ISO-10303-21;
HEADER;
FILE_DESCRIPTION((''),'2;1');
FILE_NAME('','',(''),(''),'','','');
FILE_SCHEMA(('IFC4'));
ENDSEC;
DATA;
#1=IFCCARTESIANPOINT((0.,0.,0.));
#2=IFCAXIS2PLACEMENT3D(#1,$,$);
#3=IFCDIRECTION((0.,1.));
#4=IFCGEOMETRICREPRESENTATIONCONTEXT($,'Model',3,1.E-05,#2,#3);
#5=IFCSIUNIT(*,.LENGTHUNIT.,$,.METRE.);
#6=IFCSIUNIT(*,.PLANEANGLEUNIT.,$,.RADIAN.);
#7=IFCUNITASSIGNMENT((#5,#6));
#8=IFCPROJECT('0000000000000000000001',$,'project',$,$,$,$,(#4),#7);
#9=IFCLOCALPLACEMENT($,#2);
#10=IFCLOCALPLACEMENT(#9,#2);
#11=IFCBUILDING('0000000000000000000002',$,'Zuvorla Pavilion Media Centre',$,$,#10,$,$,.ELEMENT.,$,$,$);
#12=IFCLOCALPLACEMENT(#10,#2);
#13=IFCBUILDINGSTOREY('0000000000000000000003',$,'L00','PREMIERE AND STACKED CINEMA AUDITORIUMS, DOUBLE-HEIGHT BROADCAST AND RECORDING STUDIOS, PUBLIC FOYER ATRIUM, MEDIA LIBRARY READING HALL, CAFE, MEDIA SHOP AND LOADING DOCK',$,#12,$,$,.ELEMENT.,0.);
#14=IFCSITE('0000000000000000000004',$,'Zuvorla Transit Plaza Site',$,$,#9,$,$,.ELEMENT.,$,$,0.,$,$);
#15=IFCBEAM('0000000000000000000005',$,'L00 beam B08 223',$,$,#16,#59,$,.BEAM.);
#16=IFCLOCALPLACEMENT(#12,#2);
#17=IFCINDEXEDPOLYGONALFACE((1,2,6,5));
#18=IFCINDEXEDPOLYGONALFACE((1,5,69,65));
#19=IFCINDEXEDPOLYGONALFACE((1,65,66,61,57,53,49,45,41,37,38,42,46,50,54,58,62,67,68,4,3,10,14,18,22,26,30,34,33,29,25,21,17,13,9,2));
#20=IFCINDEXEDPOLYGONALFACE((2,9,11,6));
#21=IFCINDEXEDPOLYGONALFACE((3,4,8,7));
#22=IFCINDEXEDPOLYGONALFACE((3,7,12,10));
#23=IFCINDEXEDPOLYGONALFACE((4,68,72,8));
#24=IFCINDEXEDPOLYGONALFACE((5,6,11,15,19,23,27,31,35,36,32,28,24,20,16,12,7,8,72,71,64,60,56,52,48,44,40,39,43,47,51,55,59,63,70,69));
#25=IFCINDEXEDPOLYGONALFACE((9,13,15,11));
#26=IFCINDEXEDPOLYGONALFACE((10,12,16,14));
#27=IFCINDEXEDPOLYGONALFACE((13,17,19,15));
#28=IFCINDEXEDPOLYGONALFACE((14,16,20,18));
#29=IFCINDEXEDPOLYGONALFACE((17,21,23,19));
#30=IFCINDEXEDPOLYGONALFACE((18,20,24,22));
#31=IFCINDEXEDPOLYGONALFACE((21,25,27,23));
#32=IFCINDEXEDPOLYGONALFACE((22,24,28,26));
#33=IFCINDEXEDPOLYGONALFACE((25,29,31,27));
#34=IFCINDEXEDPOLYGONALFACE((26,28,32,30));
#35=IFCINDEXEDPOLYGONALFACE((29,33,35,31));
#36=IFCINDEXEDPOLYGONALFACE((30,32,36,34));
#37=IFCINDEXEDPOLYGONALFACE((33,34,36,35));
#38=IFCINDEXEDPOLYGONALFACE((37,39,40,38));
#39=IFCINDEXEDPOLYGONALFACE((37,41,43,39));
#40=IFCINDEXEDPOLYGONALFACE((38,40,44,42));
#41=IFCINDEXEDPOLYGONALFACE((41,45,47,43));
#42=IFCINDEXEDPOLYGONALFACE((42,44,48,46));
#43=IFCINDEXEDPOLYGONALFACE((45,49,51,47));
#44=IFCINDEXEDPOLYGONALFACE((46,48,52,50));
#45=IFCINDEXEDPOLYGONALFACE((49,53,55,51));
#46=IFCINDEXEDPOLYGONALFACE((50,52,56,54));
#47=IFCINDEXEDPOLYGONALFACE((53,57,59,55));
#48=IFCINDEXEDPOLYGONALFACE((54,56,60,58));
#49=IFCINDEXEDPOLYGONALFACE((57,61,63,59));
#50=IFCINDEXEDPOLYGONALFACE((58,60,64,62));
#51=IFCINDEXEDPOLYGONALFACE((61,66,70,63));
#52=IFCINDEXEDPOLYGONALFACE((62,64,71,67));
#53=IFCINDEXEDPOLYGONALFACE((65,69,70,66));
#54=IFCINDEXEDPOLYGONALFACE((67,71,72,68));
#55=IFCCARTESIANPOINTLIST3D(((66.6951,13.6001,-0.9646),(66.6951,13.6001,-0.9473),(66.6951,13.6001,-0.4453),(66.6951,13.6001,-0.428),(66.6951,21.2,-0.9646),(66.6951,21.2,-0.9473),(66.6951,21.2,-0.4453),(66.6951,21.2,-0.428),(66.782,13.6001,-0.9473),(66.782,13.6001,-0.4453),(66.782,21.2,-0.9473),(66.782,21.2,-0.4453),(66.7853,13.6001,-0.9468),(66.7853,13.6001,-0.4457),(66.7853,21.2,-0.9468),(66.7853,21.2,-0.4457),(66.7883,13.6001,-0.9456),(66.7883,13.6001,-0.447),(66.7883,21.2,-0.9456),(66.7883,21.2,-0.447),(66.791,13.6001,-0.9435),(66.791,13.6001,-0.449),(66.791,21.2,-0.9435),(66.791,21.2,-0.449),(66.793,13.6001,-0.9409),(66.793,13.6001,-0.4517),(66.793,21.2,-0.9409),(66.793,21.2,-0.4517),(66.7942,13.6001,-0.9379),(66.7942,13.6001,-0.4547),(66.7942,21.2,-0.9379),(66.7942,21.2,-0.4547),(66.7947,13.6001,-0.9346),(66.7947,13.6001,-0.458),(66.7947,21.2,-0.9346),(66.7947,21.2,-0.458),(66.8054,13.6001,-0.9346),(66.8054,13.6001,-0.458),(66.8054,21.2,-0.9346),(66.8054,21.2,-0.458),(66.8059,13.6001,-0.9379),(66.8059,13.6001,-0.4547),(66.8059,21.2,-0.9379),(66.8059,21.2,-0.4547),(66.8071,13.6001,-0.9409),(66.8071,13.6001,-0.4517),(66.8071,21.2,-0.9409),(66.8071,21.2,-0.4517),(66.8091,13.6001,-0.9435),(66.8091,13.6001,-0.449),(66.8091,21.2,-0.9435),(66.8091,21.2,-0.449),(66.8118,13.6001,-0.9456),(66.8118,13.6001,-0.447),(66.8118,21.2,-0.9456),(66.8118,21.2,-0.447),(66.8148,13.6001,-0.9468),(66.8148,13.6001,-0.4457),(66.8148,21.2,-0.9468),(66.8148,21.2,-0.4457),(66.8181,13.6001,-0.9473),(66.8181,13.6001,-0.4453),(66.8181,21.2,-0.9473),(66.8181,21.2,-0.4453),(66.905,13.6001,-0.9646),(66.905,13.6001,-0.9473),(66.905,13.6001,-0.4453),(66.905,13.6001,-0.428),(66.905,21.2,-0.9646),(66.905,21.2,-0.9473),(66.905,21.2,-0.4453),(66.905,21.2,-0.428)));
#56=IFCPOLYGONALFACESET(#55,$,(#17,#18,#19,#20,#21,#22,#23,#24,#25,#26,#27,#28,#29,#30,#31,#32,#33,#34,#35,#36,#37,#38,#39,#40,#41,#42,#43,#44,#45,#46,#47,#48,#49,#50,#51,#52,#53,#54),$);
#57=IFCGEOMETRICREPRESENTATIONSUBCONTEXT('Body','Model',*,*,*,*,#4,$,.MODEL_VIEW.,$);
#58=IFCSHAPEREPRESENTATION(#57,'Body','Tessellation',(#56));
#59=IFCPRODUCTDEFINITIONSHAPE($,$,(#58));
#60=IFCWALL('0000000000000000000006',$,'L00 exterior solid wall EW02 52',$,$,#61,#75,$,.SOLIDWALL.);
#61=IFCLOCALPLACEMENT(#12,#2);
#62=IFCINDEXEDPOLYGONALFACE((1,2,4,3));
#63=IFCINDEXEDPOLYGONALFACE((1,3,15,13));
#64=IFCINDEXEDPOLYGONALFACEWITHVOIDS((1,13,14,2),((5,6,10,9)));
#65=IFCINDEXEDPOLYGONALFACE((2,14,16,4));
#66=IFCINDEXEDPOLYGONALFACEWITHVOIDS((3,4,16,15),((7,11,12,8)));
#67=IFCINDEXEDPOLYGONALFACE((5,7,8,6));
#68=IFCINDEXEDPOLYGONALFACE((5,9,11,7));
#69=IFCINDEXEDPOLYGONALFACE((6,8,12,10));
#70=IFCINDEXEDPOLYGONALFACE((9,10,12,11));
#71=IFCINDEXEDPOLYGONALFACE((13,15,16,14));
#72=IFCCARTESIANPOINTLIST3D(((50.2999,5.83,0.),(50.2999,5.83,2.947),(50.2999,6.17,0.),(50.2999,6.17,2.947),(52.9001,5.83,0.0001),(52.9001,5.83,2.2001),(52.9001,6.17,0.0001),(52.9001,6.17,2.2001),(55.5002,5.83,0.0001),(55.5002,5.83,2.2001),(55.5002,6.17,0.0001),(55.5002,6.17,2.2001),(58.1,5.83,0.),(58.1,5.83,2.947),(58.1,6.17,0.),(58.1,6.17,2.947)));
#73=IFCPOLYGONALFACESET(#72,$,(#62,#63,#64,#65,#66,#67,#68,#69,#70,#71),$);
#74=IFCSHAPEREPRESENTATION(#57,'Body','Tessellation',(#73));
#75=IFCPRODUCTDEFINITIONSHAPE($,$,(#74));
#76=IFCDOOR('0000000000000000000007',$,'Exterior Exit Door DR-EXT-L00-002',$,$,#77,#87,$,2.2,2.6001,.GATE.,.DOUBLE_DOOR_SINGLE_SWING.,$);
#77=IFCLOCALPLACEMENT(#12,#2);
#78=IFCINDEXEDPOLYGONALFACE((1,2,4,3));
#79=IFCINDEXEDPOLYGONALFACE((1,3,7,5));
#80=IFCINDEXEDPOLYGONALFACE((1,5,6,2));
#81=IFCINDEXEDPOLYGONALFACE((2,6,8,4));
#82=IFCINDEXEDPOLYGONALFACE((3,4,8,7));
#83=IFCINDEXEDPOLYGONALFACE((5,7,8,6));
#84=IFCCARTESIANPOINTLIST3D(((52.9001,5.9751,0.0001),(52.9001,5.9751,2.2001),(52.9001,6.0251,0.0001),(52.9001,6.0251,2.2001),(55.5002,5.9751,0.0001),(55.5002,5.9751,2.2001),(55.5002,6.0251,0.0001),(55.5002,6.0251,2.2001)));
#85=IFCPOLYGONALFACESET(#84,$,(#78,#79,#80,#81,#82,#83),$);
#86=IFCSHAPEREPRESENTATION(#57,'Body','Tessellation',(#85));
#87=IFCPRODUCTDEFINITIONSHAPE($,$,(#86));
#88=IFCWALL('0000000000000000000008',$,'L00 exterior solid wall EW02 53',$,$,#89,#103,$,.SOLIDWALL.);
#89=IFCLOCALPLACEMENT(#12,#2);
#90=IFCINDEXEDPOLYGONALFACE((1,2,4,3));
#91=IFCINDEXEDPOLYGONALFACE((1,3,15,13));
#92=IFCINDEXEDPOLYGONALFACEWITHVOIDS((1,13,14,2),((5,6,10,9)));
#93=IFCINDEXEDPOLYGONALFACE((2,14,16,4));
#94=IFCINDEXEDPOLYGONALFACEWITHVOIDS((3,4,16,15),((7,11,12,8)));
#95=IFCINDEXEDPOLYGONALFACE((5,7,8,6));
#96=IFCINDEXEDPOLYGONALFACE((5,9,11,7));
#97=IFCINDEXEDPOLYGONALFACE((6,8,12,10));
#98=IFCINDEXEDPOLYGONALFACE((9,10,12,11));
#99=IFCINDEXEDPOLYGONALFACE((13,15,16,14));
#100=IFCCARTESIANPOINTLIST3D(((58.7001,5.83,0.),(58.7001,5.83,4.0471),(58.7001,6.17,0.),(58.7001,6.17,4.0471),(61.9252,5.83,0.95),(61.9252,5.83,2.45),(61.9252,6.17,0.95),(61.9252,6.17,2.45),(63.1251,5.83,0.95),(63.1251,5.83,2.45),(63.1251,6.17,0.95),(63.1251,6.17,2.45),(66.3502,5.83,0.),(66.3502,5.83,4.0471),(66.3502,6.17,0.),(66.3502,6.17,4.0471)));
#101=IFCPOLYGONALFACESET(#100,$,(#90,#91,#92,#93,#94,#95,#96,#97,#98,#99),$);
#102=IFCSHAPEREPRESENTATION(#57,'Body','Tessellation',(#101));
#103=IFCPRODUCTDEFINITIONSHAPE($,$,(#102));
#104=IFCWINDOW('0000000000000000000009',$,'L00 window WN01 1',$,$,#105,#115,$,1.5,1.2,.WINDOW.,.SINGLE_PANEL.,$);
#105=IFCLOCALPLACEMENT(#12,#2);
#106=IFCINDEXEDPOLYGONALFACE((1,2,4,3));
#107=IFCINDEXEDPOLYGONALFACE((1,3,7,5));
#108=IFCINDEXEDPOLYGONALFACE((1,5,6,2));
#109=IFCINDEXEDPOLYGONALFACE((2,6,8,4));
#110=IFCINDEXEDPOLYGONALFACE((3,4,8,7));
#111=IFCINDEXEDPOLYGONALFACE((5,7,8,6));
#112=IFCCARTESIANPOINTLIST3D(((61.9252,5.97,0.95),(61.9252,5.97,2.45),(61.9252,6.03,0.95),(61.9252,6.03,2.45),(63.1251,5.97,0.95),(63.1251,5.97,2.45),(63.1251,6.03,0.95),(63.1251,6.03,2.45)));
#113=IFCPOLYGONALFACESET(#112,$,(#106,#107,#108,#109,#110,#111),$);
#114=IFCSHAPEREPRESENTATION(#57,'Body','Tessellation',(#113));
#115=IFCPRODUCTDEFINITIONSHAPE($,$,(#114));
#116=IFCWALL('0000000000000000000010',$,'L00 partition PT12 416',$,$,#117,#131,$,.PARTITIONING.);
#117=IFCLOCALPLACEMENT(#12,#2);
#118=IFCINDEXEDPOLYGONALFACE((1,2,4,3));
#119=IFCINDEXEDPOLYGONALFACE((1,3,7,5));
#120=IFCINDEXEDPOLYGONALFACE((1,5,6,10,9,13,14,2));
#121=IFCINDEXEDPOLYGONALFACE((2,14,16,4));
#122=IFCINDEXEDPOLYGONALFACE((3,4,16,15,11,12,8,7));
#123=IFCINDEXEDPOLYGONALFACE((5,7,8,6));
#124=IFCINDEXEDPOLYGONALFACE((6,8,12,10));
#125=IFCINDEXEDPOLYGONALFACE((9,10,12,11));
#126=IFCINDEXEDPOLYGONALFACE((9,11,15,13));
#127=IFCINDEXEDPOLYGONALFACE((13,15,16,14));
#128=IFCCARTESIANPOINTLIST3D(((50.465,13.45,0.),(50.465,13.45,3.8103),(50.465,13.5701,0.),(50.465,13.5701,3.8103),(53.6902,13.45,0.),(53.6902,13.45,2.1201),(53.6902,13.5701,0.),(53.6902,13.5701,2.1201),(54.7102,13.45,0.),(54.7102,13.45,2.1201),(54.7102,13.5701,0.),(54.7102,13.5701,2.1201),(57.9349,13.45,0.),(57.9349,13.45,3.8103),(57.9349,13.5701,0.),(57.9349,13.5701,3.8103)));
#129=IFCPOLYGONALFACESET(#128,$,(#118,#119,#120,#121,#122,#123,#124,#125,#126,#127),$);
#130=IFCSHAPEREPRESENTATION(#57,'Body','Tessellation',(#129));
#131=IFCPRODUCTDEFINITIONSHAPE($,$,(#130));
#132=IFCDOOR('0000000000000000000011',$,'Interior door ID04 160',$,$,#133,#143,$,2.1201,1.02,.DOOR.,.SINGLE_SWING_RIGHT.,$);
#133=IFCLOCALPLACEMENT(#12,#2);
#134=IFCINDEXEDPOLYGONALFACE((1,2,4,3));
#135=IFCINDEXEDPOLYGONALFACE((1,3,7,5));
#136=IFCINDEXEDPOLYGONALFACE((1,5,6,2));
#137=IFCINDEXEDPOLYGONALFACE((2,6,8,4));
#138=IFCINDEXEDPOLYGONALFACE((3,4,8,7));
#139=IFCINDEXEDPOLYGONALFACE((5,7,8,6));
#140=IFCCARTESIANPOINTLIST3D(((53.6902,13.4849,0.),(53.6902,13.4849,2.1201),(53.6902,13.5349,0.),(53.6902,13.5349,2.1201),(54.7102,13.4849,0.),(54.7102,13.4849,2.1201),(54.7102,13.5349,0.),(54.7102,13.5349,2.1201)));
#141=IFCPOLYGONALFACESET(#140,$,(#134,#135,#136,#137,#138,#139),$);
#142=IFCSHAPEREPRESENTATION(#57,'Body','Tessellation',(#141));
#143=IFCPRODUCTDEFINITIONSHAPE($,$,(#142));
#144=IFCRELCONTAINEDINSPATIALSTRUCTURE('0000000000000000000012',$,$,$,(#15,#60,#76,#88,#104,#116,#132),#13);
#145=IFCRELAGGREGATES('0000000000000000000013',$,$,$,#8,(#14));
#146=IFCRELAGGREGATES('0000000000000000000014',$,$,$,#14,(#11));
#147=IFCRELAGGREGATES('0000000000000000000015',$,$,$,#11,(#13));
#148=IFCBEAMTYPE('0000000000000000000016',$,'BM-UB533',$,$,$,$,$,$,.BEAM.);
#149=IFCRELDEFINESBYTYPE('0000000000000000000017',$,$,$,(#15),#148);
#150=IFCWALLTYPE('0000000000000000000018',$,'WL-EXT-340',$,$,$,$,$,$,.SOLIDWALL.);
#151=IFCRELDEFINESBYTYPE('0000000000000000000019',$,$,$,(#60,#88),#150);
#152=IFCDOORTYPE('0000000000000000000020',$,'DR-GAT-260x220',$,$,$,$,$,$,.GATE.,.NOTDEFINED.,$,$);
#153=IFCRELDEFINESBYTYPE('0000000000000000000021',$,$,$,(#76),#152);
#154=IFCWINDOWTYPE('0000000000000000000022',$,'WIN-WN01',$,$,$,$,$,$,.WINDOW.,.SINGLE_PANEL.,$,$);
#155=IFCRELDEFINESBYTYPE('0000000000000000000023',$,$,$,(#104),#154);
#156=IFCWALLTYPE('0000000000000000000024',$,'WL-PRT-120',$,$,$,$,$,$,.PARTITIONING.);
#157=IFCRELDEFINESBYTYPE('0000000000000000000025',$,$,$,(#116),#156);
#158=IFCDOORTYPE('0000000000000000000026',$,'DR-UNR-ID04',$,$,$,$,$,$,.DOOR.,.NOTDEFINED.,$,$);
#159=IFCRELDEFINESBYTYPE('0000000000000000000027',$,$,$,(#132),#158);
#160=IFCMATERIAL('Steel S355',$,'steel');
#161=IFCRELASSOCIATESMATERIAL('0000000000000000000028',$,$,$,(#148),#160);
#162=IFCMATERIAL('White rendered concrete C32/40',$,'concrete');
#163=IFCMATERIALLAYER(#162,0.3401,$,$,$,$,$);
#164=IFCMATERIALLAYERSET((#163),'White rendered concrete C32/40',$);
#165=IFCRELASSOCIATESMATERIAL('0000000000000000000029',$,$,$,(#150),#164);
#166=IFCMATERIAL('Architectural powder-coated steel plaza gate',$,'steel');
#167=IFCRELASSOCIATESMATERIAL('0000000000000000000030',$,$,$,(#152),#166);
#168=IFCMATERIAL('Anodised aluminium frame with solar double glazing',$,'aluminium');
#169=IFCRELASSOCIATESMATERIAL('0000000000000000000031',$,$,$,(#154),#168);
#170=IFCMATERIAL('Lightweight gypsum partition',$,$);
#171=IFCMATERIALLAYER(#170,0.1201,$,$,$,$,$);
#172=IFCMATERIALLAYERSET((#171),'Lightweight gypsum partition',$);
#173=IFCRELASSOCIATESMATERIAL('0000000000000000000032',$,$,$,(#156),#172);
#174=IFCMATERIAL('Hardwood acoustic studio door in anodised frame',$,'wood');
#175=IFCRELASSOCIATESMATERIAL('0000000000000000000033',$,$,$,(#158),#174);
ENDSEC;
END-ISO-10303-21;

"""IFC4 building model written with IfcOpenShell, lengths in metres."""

from ifc_helpers import new_model, si_unit, direction, frame, frame_2d, origin, origin_2d, place, context, subcontext, project, spatial, rectangle, i_section, extrude, material, layer, layer_set, material_profile, profile_set, type_object, element, fill, save


model = new_model("IFC4")

# Units and contexts
model_context = context("Model", 3, precision=1e-05, world=origin(), true_north=direction((0.0, 1.0)))
body_context = subcontext(model_context, "Body", "Model", "MODEL_VIEW")
ifc_project = project(units=[si_unit("LENGTHUNIT", "METRE"), si_unit("PLANEANGLEUNIT", "RADIAN")], contexts=[model_context])

# Site, building, storey
site_placement = place(None, origin())
site = spatial("IfcSite", under=ifc_project, at=site_placement, Name="Zuvorla Transit Plaza Site", CompositionType="ELEMENT", RefElevation=0.0)
building_placement = place(site_placement, origin())
building = spatial("IfcBuilding", under=site, at=building_placement, Name="Zuvorla Pavilion Media Centre", CompositionType="ELEMENT")
storey_placement = place(building_placement, origin())
storey = spatial("IfcBuildingStorey", under=building, at=storey_placement, Name="L00", Description="PREMIERE AND STACKED CINEMA AUDITORIUMS, DOUBLE-HEIGHT BROADCAST AND RECORDING STUDIOS, PUBLIC FOYER ATRIUM, MEDIA LIBRARY READING HALL, CAFE, MEDIA SHOP AND LOADING DOCK", CompositionType="ELEMENT", Elevation=0.0)

# Beam
ifc_material_1 = material(Name="Steel S355", Category="steel")
ifc_material_profile_1 = material_profile(ifc_material_1, i_section(OverallWidth=0.21, OverallDepth=0.5366, WebThickness=0.0107, FlangeThickness=0.0173, FilletRadius=0.0127, at=origin_2d()), Name="UB 533x210x101")
ifc_profile_set_1 = profile_set([ifc_material_profile_1], Name="Steel S355")
beam_type_1 = type_object("IfcBeamType", Name="BM-UB533", PredefinedType="BEAM", material=ifc_profile_set_1)
beam_placement = place(storey_placement, frame((66.8, 13.6001, -0.6963), z_axis=(0.0, 1.0, 0.0), x_axis=(-1.0, 0.0, 0.0)))
element("IfcBeam", 1, at=beam_placement, inside=storey, type_object=beam_type_1, Name="L00 beam B08 223", PredefinedType="BEAM", context=body_context, shape_type="SweptSolid", body=[
    extrude(i_section(OverallWidth=0.21, OverallDepth=0.5366, WebThickness=0.0107, FlangeThickness=0.0173, FilletRadius=0.0127, at=origin_2d()), origin(), (0.0, 0.0, 1.0), 7.5999),
])

# Wall, opening, door
ifc_material_2 = material(Name="White rendered concrete C32/40", Category="concrete")
ifc_layer_1 = layer(ifc_material_2, 0.3401)
ifc_layer_set_1 = layer_set([ifc_layer_1], Name="White rendered concrete C32/40")
wall_type_1 = type_object("IfcWallType", Name="WL-EXT-340", PredefinedType="SOLIDWALL", material=ifc_layer_set_1)
wall_1_placement = place(storey_placement, frame((50.3, 6.0, 0.0), z_axis=(0.0, 0.0, 1.0), x_axis=(1.0, 0.0, 0.0)))
wall_1 = element("IfcWall", 2, at=wall_1_placement, inside=storey, type_object=wall_type_1, Name="L00 exterior solid wall EW02 52", PredefinedType="SOLIDWALL", context=body_context, shape_type="SweptSolid", body=[
    extrude(rectangle(XDim=7.8, YDim=0.3401, at=frame_2d((3.8999, 0.0))), origin(), (0.0, 0.0, 1.0), 2.947),
])
opening_1_placement = place(wall_1_placement, frame((2.6001, 0.0, 0.0)))
opening_1 = element("IfcOpeningElement", 3, at=opening_1_placement, cuts=wall_1, PredefinedType="OPENING", context=body_context, shape_type="SweptSolid", body=[
    extrude(rectangle(XDim=2.6001, YDim=2.2, at=frame_2d((1.3, 1.1001))), frame((0.0, 0.1799, 0.0), z_axis=(0.0, -1.0, 0.0), x_axis=(1.0, 0.0, 0.0)), (0.0, 0.0, 1.0), 0.3601),
])
ifc_material_3 = material(Name="Architectural powder-coated steel plaza gate", Category="steel")
door_type_1 = type_object("IfcDoorType", Name="DR-GAT-260x220", OperationType="NOTDEFINED", PredefinedType="GATE", material=ifc_material_3)
door_1_placement = place(opening_1_placement, frame((2.6001, 0.0, 0.0), z_axis=(0.0, 0.0, 1.0), x_axis=(-1.0, 0.0, 0.0)))
door_1 = element("IfcDoor", 4, at=door_1_placement, inside=storey, type_object=door_type_1, Name="Exterior Exit Door DR-EXT-L00-002", OperationType="DOUBLE_DOOR_SINGLE_SWING", OverallHeight=2.2, OverallWidth=2.6001, PredefinedType="GATE", context=body_context, shape_type="SweptSolid", body=[
    extrude(rectangle(XDim=2.6001, YDim=2.2, at=frame_2d((1.3, 1.1001))), frame((0.0, 0.0249, 0.0), z_axis=(0.0, -1.0, 0.0), x_axis=(1.0, 0.0, 0.0)), (0.0, 0.0, 1.0), 0.05),
])
fill(opening_1, door_1)

# Wall, opening, window
wall_2_placement = place(storey_placement, frame((58.7, 6.0, 0.0), z_axis=(0.0, 0.0, 1.0), x_axis=(1.0, 0.0, 0.0)))
wall_2 = element("IfcWall", 5, at=wall_2_placement, inside=storey, type_object=wall_type_1, Name="L00 exterior solid wall EW02 53", PredefinedType="SOLIDWALL", context=body_context, shape_type="SweptSolid", body=[
    extrude(rectangle(XDim=7.6501, YDim=0.3401, at=frame_2d((3.8252, 0.0))), origin(), (0.0, 0.0, 1.0), 4.0471),
])
opening_2_placement = place(wall_2_placement, frame((3.2251, 0.0, 0.95)))
opening_2 = element("IfcOpeningElement", 6, at=opening_2_placement, cuts=wall_2, PredefinedType="OPENING", context=body_context, shape_type="SweptSolid", body=[
    extrude(rectangle(XDim=1.2, YDim=1.5, at=frame_2d((0.6001, 0.75))), frame((0.0, 0.1799, 0.0), z_axis=(0.0, -1.0, 0.0), x_axis=(1.0, 0.0, 0.0)), (0.0, 0.0, 1.0), 0.3601),
])
ifc_material_4 = material(Name="Anodised aluminium frame with solar double glazing", Category="aluminium")
window_type = type_object("IfcWindowType", Name="WIN-WN01", PartitioningType="SINGLE_PANEL", PredefinedType="WINDOW", material=ifc_material_4)
window_placement = place(opening_2_placement, origin())
window = element("IfcWindow", 7, at=window_placement, inside=storey, type_object=window_type, Name="L00 window WN01 1", OverallHeight=1.5, OverallWidth=1.2, PartitioningType="SINGLE_PANEL", PredefinedType="WINDOW", context=body_context, shape_type="SweptSolid", body=[
    extrude(rectangle(XDim=1.2, YDim=1.5, at=frame_2d((0.6001, 0.75))), frame((0.0, 0.03, 0.0), z_axis=(0.0, -1.0, 0.0), x_axis=(1.0, 0.0, 0.0)), (0.0, 0.0, 1.0), 0.0601),
])
fill(opening_2, window)

# Wall, opening, door
ifc_material_5 = material(Name="Lightweight gypsum partition")
ifc_layer_2 = layer(ifc_material_5, 0.1201)
ifc_layer_set_2 = layer_set([ifc_layer_2], Name="Lightweight gypsum partition")
wall_type_2 = type_object("IfcWallType", Name="WL-PRT-120", PredefinedType="PARTITIONING", material=ifc_layer_set_2)
wall_3_placement = place(storey_placement, frame((50.4651, 13.51, 0.0), z_axis=(0.0, 0.0, 1.0), x_axis=(1.0, 0.0, 0.0)))
wall_3 = element("IfcWall", 8, at=wall_3_placement, inside=storey, type_object=wall_type_2, Name="L00 partition PT12 416", PredefinedType="PARTITIONING", context=body_context, shape_type="SweptSolid", body=[
    extrude(rectangle(XDim=7.47, YDim=0.1201, at=frame_2d((3.7349, 0.0))), origin(), (0.0, 0.0, 1.0), 3.8103),
])
opening_3_placement = place(wall_3_placement, frame((3.2251, 0.0, 0.0)))
opening_3 = element("IfcOpeningElement", 9, at=opening_3_placement, cuts=wall_3, PredefinedType="OPENING", context=body_context, shape_type="SweptSolid", body=[
    extrude(rectangle(XDim=1.02, YDim=2.1201, at=frame_2d((0.51, 1.0601))), frame((0.0, 0.0701, 0.0), z_axis=(0.0, -1.0, 0.0), x_axis=(1.0, 0.0, 0.0)), (0.0, 0.0, 1.0), 0.1401),
])
ifc_material_6 = material(Name="Hardwood acoustic studio door in anodised frame", Category="wood")
door_type_2 = type_object("IfcDoorType", Name="DR-UNR-ID04", OperationType="NOTDEFINED", PredefinedType="DOOR", material=ifc_material_6)
door_2_placement = place(opening_3_placement, origin())
door_2 = element("IfcDoor", 10, at=door_2_placement, inside=storey, type_object=door_type_2, Name="Interior door ID04 160", OperationType="SINGLE_SWING_RIGHT", OverallHeight=2.1201, OverallWidth=1.02, PredefinedType="DOOR", context=body_context, shape_type="SweptSolid", body=[
    extrude(rectangle(XDim=1.02, YDim=2.1201, at=frame_2d((0.51, 1.0601))), frame((0.0, 0.0249, 0.0), z_axis=(0.0, -1.0, 0.0), x_axis=(1.0, 0.0, 0.0)), (0.0, 0.0, 1.0), 0.05),
])
fill(opening_3, door_2)

save(model, "model.ifc")
